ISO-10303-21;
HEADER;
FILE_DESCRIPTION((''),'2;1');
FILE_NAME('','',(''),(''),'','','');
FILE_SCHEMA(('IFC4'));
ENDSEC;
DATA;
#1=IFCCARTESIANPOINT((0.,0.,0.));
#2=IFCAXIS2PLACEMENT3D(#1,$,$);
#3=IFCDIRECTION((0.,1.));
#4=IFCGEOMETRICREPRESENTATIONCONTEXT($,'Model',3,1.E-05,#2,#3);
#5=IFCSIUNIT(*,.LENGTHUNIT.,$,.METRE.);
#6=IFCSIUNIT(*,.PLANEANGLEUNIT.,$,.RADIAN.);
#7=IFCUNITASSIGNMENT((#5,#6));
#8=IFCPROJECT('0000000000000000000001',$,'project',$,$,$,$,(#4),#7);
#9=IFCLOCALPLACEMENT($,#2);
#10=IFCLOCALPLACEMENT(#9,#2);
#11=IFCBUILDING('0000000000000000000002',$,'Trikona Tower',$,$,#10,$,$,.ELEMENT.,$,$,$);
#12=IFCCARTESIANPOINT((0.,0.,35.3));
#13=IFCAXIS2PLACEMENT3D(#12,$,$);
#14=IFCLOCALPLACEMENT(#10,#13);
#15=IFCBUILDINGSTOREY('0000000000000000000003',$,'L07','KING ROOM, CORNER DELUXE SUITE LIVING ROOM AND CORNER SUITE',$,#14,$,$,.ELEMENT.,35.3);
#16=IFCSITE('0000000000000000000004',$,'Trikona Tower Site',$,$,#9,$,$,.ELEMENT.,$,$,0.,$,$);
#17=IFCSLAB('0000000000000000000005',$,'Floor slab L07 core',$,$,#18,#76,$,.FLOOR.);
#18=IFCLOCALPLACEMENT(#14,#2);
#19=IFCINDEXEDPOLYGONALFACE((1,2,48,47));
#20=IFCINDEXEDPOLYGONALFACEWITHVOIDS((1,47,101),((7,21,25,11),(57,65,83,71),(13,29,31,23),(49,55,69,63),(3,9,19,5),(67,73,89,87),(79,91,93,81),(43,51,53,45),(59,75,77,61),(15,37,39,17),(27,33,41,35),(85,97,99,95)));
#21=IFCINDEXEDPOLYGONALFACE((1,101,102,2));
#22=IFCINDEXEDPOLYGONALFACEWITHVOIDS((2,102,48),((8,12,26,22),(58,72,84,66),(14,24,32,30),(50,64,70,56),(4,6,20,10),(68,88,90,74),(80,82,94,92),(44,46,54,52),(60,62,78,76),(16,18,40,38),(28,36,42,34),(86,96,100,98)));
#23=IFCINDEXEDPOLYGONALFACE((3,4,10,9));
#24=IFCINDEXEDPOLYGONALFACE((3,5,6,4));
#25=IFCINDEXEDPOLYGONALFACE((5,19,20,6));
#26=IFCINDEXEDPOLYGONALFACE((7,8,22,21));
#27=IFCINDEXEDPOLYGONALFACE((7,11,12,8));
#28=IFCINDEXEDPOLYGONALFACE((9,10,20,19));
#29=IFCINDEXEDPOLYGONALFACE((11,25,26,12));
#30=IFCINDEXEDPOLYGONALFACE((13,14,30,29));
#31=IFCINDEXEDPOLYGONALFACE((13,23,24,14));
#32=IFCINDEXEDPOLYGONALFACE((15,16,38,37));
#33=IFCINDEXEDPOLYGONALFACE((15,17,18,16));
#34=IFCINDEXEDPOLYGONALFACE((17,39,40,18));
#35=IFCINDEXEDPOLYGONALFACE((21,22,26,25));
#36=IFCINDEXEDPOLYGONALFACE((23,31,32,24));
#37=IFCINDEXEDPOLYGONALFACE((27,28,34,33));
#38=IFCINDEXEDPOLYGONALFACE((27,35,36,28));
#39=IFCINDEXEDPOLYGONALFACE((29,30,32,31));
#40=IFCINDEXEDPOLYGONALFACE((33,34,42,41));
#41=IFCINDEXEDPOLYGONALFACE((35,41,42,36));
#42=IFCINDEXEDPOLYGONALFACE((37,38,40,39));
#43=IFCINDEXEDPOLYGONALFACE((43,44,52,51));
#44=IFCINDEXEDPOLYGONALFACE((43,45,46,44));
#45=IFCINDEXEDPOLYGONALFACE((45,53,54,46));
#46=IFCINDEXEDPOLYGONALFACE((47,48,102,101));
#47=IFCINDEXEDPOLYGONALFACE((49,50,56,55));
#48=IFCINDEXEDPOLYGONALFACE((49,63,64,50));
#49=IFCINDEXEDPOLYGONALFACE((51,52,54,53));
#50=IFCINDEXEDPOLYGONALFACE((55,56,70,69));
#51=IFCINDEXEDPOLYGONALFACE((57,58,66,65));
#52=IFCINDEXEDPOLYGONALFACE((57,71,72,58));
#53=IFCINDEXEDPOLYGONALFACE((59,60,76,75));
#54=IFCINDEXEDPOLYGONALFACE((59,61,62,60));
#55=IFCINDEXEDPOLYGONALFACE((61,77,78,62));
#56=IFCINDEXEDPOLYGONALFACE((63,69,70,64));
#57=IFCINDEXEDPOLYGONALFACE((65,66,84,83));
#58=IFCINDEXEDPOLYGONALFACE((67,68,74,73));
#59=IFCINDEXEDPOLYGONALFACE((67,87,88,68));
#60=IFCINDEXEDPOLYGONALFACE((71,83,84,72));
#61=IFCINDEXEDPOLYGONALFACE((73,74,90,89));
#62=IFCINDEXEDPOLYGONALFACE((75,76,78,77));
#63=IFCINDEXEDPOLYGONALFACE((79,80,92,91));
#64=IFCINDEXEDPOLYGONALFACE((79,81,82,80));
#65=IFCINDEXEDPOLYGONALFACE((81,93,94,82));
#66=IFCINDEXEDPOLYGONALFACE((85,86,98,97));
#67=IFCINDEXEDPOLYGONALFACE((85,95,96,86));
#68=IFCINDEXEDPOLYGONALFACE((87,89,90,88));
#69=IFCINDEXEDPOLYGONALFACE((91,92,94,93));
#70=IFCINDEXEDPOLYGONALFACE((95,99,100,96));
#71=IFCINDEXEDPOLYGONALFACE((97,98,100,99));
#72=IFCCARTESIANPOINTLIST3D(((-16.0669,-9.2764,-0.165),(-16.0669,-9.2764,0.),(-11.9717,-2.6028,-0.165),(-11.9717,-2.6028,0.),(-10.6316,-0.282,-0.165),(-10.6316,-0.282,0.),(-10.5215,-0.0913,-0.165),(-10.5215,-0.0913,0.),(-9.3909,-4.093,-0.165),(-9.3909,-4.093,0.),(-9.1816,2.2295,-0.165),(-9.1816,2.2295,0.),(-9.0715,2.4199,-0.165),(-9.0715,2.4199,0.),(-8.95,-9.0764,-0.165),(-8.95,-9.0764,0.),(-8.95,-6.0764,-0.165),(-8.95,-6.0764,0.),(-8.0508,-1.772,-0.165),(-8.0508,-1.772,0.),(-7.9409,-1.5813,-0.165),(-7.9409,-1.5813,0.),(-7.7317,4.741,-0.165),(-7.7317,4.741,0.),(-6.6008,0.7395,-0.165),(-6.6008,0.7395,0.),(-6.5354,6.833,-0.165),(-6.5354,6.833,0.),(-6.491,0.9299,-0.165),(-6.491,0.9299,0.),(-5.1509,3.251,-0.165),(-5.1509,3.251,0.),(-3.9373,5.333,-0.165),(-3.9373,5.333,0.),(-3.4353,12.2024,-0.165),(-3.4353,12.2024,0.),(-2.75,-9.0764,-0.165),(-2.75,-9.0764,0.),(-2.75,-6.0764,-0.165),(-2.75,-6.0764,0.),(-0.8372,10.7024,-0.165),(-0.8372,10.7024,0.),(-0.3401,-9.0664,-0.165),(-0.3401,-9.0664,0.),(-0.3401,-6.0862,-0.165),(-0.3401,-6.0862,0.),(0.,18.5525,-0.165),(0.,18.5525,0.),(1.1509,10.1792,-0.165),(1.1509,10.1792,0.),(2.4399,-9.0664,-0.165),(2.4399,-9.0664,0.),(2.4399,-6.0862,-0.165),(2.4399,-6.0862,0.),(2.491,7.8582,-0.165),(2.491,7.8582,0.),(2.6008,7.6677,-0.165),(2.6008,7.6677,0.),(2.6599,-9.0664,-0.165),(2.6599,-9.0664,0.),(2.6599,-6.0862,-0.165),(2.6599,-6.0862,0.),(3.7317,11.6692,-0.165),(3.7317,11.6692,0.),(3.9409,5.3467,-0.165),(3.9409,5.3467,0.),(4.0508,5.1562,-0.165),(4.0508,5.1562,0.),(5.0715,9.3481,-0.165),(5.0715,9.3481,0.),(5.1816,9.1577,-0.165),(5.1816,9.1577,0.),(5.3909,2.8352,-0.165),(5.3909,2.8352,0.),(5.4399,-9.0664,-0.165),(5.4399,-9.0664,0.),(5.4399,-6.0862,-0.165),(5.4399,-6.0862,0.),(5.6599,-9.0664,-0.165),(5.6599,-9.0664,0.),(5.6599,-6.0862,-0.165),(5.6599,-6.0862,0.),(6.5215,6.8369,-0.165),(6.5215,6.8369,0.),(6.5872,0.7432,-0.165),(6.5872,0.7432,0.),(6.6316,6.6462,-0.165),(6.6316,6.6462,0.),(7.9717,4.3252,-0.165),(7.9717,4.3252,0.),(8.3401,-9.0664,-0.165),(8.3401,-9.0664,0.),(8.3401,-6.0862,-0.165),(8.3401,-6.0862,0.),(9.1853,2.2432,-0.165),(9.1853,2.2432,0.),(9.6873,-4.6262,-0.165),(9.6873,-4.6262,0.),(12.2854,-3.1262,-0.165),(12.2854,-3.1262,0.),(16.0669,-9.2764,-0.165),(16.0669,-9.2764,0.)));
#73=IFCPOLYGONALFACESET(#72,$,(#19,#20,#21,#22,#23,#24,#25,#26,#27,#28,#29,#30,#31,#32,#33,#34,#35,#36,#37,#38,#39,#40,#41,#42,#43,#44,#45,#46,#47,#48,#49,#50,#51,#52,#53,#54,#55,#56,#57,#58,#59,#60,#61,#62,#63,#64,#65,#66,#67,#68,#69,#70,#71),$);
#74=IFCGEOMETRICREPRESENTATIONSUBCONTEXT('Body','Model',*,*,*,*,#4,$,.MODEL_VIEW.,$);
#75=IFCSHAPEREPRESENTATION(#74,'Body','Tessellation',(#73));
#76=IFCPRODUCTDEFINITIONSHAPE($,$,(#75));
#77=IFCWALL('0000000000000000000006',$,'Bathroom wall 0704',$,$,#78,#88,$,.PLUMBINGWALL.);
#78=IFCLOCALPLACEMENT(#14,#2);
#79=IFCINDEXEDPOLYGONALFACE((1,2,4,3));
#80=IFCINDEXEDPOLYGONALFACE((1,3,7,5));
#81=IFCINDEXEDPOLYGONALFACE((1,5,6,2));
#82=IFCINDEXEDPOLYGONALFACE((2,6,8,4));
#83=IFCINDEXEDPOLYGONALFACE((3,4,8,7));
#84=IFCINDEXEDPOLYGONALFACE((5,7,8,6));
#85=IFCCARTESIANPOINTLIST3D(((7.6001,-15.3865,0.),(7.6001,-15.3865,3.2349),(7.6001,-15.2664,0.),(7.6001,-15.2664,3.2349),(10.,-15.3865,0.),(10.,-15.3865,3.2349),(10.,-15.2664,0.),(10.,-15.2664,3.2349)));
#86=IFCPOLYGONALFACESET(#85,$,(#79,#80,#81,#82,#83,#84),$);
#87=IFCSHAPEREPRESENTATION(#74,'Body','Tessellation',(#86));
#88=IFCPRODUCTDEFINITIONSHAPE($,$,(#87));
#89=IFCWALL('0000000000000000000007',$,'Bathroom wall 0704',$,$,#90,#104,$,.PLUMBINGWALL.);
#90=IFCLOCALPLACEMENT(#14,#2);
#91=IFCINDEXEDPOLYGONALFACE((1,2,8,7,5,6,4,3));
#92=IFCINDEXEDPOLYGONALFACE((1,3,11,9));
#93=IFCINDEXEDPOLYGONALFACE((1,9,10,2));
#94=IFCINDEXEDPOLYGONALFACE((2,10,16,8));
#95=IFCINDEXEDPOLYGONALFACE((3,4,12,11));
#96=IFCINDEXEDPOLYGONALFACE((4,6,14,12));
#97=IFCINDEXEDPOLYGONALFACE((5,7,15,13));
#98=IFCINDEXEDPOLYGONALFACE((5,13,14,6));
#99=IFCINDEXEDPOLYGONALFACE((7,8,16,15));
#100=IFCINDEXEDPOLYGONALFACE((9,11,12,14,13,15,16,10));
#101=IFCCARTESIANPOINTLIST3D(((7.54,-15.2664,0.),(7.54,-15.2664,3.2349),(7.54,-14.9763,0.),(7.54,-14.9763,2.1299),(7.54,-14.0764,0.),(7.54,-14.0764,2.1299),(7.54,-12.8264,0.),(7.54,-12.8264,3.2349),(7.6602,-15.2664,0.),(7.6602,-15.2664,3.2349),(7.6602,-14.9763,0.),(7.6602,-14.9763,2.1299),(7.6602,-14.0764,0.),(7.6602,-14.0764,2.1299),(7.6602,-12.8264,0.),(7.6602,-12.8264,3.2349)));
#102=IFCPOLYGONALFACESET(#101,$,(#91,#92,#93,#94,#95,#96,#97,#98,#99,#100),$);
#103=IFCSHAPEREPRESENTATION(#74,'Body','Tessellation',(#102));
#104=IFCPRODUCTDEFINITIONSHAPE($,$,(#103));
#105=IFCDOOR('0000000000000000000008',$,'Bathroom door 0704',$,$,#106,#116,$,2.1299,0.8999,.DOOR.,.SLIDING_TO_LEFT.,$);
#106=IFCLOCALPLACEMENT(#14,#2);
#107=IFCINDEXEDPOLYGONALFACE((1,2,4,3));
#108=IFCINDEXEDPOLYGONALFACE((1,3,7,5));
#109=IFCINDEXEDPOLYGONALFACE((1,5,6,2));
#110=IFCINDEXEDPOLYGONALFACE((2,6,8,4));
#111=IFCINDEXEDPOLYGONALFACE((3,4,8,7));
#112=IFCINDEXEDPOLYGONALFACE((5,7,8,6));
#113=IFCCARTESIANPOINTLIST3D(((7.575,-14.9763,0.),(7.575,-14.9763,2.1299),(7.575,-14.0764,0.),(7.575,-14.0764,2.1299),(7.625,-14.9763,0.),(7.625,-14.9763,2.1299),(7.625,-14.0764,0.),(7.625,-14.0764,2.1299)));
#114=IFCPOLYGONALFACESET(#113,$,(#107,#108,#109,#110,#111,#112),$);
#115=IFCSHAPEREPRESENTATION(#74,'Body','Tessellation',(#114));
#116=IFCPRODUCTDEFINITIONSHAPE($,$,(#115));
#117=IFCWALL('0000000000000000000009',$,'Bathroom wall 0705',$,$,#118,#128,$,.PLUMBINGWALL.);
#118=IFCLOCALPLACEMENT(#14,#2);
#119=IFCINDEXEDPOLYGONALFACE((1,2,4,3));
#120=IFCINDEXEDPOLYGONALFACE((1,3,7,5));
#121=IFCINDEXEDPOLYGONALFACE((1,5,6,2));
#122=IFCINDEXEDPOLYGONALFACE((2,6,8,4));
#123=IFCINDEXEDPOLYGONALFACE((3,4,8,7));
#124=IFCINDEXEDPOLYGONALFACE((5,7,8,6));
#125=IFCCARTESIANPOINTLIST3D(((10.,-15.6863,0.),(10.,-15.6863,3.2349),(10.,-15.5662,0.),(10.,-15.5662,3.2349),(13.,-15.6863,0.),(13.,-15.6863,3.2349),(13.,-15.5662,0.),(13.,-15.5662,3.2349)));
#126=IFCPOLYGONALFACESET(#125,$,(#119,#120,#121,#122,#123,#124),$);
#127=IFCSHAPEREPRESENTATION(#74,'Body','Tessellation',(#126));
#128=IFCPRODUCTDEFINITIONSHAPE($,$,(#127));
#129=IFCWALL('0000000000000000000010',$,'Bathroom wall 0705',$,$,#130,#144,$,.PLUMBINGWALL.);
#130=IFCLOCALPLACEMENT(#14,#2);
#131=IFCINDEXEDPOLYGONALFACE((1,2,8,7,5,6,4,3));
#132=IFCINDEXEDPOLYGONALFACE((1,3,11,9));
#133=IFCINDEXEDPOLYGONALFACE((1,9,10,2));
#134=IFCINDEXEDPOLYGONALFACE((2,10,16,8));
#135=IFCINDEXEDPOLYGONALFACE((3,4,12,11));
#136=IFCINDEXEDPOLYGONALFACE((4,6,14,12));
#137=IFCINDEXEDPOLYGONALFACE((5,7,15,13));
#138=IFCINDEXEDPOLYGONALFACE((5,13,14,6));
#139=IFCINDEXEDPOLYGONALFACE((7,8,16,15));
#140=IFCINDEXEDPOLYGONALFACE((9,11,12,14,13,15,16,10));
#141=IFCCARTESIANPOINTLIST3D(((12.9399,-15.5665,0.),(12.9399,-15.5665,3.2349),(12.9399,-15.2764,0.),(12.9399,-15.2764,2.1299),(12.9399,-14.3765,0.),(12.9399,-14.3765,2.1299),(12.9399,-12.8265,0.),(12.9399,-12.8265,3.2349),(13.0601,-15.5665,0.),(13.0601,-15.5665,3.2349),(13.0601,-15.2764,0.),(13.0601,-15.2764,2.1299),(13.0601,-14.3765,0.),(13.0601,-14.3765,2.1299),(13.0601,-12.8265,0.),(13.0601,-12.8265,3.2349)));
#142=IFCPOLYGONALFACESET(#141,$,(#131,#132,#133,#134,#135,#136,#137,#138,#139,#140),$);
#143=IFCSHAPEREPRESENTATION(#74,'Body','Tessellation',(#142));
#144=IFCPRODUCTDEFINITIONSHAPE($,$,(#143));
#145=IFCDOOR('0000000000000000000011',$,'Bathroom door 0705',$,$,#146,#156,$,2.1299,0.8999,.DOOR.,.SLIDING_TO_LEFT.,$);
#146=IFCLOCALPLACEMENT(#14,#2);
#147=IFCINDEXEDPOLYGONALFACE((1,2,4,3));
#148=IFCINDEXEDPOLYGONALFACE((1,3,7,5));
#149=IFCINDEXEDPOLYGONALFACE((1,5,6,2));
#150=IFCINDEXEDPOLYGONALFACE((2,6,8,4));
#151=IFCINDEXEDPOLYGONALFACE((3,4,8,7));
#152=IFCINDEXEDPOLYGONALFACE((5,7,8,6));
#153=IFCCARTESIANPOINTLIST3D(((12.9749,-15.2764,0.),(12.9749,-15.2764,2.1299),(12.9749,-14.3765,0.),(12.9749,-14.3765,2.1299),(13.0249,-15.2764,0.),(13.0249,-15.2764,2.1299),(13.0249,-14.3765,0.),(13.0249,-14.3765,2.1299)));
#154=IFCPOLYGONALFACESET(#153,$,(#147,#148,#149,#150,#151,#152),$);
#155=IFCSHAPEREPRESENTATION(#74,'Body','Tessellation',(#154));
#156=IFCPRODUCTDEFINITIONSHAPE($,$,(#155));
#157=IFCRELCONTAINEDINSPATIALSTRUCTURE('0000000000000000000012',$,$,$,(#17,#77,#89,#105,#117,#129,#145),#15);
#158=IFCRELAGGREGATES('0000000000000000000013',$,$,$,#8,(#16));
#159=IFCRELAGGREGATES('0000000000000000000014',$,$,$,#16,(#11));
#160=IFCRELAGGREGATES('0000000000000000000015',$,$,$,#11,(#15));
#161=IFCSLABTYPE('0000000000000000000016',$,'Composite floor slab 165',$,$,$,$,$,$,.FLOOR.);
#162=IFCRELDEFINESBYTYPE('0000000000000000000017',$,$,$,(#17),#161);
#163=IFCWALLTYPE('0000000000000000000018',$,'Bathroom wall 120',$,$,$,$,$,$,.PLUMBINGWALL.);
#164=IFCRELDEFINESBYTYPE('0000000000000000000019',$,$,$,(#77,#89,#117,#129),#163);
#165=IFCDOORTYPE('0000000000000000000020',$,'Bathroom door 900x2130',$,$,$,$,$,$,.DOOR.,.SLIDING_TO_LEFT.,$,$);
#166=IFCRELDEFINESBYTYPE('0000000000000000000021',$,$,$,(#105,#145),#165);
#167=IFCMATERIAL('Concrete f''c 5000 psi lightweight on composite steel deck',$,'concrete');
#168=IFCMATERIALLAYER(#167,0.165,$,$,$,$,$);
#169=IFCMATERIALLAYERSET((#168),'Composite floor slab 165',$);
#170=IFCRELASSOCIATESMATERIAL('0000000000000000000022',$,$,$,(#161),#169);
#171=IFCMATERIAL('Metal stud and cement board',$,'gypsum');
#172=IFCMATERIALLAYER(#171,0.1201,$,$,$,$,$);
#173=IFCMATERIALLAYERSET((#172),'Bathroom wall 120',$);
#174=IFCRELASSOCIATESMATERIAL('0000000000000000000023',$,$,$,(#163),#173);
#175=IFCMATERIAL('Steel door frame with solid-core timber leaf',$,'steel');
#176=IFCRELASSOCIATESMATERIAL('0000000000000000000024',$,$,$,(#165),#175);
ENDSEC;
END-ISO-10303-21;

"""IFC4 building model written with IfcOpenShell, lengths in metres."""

from ifc_helpers import new_model, si_unit, direction, frame, frame_2d, origin, place, context, subcontext, project, spatial, polyline, rectangle, outline, extrude, material, layer, layer_set, type_object, element, fill, save


model = new_model("IFC4")

# Units and contexts
model_context = context("Model", 3, precision=1e-05, world=origin(), true_north=direction((0.0, 1.0)))
body_context = subcontext(model_context, "Body", "Model", "MODEL_VIEW")
ifc_project = project(units=[si_unit("LENGTHUNIT", "METRE"), si_unit("PLANEANGLEUNIT", "RADIAN")], contexts=[model_context])

# Site, building, storey
site_placement = place(None, origin())
site = spatial("IfcSite", under=ifc_project, at=site_placement, Name="Trikona Tower Site", CompositionType="ELEMENT", RefElevation=0.0)
building_placement = place(site_placement, origin())
building = spatial("IfcBuilding", under=site, at=building_placement, Name="Trikona Tower", CompositionType="ELEMENT")
storey_placement = place(building_placement, frame((0.0, 0.0, 35.3)))
storey = spatial("IfcBuildingStorey", under=building, at=storey_placement, Name="L07", Description="KING ROOM, CORNER DELUXE SUITE LIVING ROOM AND CORNER SUITE", CompositionType="ELEMENT", Elevation=35.3)

# Slab
ifc_material_1 = material(Name="Concrete f'c 5000 psi lightweight on composite steel deck", Category="concrete")
ifc_layer_1 = layer(ifc_material_1, 0.165)
ifc_layer_set_1 = layer_set([ifc_layer_1], Name="Composite floor slab 165")
slab_type = type_object("IfcSlabType", Name="Composite floor slab 165", PredefinedType="FLOOR", material=ifc_layer_set_1)
slab_placement = place(storey_placement, frame((0.0, 0.0, -0.165)))
element("IfcSlab", 1, at=slab_placement, inside=storey, type_object=slab_type, Name="Floor slab L07 core", PredefinedType="FLOOR", context=body_context, shape_type="SweptSolid", body=[
    extrude(outline(polyline([(-16.0669, -9.2764), (16.0669, -9.2764), (0.0, 18.5525), (-16.0669, -9.2764)]), holes=[polyline([(12.2854, -3.1262), (9.1853, 2.2432), (6.5872, 0.7432), (9.6873, -4.6262), (12.2854, -3.1262)]), polyline([(8.3401, -9.0664), (8.3401, -6.0862), (5.6599, -6.0862), (5.6599, -9.0664), (8.3401, -9.0664)]), polyline([(5.3909, 2.8352), (7.9717, 4.3252), (6.6316, 6.6462), (4.0508, 5.1562), (5.3909, 2.8352)]), polyline([(2.6008, 7.6677), (3.9409, 5.3467), (6.5215, 6.8369), (5.1816, 9.1577), (2.6008, 7.6677)]), polyline([(5.4399, -6.0862), (2.6599, -6.0862), (2.6599, -9.0664), (5.4399, -9.0664), (5.4399, -6.0862)]), polyline([(3.7317, 11.6692), (1.1509, 10.1792), (2.491, 7.8582), (5.0715, 9.3481), (3.7317, 11.6692)]), polyline([(-0.3401, -6.0862), (-0.3401, -9.0664), (2.4399, -9.0664), (2.4399, -6.0862), (-0.3401, -6.0862)]), polyline([(-3.4353, 12.2024), (-6.5354, 6.833), (-3.9373, 5.333), (-0.8372, 10.7024), (-3.4353, 12.2024)]), polyline([(-8.95, -9.0764), (-2.75, -9.0764), (-2.75, -6.0764), (-8.95, -6.0764), (-8.95, -9.0764)]), polyline([(-5.1509, 3.251), (-7.7317, 4.741), (-9.0715, 2.4199), (-6.491, 0.9299), (-5.1509, 3.251)]), polyline([(-7.9409, -1.5813), (-6.6008, 0.7395), (-9.1816, 2.2295), (-10.5215, -0.0913), (-7.9409, -1.5813)]), polyline([(-11.9717, -2.6028), (-9.3909, -4.093), (-8.0508, -1.772), (-10.6316, -0.282), (-11.9717, -2.6028)])]), origin(), (0.0, 0.0, 1.0), 0.165),
])

# Wall
ifc_material_2 = material(Name="Metal stud and cement board", Category="gypsum")
ifc_layer_2 = layer(ifc_material_2, 0.1201)
ifc_layer_set_2 = layer_set([ifc_layer_2], Name="Bathroom wall 120")
wall_type_1 = type_object("IfcWallType", Name="Bathroom wall 120", PredefinedType="PLUMBINGWALL", material=ifc_layer_set_2)
wall_1_placement = place(storey_placement, frame((7.6001, -15.3264, 0.0), z_axis=(0.0, 0.0, 1.0), x_axis=(1.0, 0.0, 0.0)))
element("IfcWall", 2, at=wall_1_placement, inside=storey, type_object=wall_type_1, Name="Bathroom wall 0704", PredefinedType="PLUMBINGWALL", context=body_context, shape_type="SweptSolid", body=[
    extrude(rectangle(XDim=2.3999, YDim=0.1201, at=frame_2d((1.2, 0.0))), origin(), (0.0, 0.0, 1.0), 3.2349),
])

# Wall, opening, door
wall_2_placement = place(storey_placement, frame((7.6001, -12.8264, 0.0), z_axis=(0.0, 0.0, 1.0), x_axis=(0.0, -1.0, 0.0)))
wall_2 = element("IfcWall", 3, at=wall_2_placement, inside=storey, type_object=wall_type_1, Name="Bathroom wall 0704", PredefinedType="PLUMBINGWALL", context=body_context, shape_type="SweptSolid", body=[
    extrude(rectangle(XDim=2.4399, YDim=0.1201, at=frame_2d((1.22, 0.0))), origin(), (0.0, 0.0, 1.0), 3.2349),
])
opening_1_placement = place(wall_2_placement, frame((1.25, 0.0, 0.0)))
opening_1 = element("IfcOpeningElement", 4, at=opening_1_placement, cuts=wall_2, PredefinedType="OPENING", context=body_context, shape_type="SweptSolid", body=[
    extrude(rectangle(XDim=0.8999, YDim=2.1299, at=frame_2d((0.45, 1.0649))), frame((0.0, 0.0701, 0.0), z_axis=(0.0, -1.0, 0.0), x_axis=(1.0, 0.0, 0.0)), (0.0, 0.0, 1.0), 0.1401),
])
ifc_material_3 = material(Name="Steel door frame with solid-core timber leaf", Category="steel")
door_type = type_object("IfcDoorType", Name="Bathroom door 900x2130", OperationType="SLIDING_TO_LEFT", PredefinedType="DOOR", material=ifc_material_3)
door_1_placement = place(opening_1_placement, origin())
door_1 = element("IfcDoor", 5, at=door_1_placement, inside=storey, type_object=door_type, Name="Bathroom door 0704", OperationType="SLIDING_TO_LEFT", OverallHeight=2.1299, OverallWidth=0.8999, PredefinedType="DOOR", context=body_context, shape_type="SweptSolid", body=[
    extrude(rectangle(XDim=0.8999, YDim=2.1299, at=frame_2d((0.45, 1.0649))), frame((0.0, 0.0249, 0.0), z_axis=(0.0, -1.0, 0.0), x_axis=(1.0, 0.0, 0.0)), (0.0, 0.0, 1.0), 0.05),
])
fill(opening_1, door_1)

# Wall
wall_3_placement = place(storey_placement, frame((10.0, -15.6262, 0.0), z_axis=(0.0, 0.0, 1.0), x_axis=(1.0, 0.0, 0.0)))
element("IfcWall", 6, at=wall_3_placement, inside=storey, type_object=wall_type_1, Name="Bathroom wall 0705", PredefinedType="PLUMBINGWALL", context=body_context, shape_type="SweptSolid", body=[
    extrude(rectangle(XDim=3.0, YDim=0.1201, at=frame_2d((1.5, 0.0))), origin(), (0.0, 0.0, 1.0), 3.2349),
])

# Wall, opening, door
wall_4_placement = place(storey_placement, frame((13.0, -12.8264, 0.0), z_axis=(0.0, 0.0, 1.0), x_axis=(0.0, -1.0, 0.0)))
wall_4 = element("IfcWall", 7, at=wall_4_placement, inside=storey, type_object=wall_type_1, Name="Bathroom wall 0705", PredefinedType="PLUMBINGWALL", context=body_context, shape_type="SweptSolid", body=[
    extrude(rectangle(XDim=2.74, YDim=0.1201, at=frame_2d((1.3701, 0.0))), origin(), (0.0, 0.0, 1.0), 3.2349),
])
opening_2_placement = place(wall_4_placement, frame((1.55, 0.0, 0.0)))
opening_2 = element("IfcOpeningElement", 8, at=opening_2_placement, cuts=wall_4, PredefinedType="OPENING", context=body_context, shape_type="SweptSolid", body=[
    extrude(rectangle(XDim=0.8999, YDim=2.1299, at=frame_2d((0.45, 1.0649))), frame((0.0, 0.0701, 0.0), z_axis=(0.0, -1.0, 0.0), x_axis=(1.0, 0.0, 0.0)), (0.0, 0.0, 1.0), 0.1401),
])
door_2_placement = place(opening_2_placement, origin())
door_2 = element("IfcDoor", 9, at=door_2_placement, inside=storey, type_object=door_type, Name="Bathroom door 0705", OperationType="SLIDING_TO_LEFT", OverallHeight=2.1299, OverallWidth=0.8999, PredefinedType="DOOR", context=body_context, shape_type="SweptSolid", body=[
    extrude(rectangle(XDim=0.8999, YDim=2.1299, at=frame_2d((0.45, 1.0649))), frame((0.0, 0.0249, 0.0), z_axis=(0.0, -1.0, 0.0), x_axis=(1.0, 0.0, 0.0)), (0.0, 0.0, 1.0), 0.05),
])
fill(opening_2, door_2)

save(model, "model.ifc")
